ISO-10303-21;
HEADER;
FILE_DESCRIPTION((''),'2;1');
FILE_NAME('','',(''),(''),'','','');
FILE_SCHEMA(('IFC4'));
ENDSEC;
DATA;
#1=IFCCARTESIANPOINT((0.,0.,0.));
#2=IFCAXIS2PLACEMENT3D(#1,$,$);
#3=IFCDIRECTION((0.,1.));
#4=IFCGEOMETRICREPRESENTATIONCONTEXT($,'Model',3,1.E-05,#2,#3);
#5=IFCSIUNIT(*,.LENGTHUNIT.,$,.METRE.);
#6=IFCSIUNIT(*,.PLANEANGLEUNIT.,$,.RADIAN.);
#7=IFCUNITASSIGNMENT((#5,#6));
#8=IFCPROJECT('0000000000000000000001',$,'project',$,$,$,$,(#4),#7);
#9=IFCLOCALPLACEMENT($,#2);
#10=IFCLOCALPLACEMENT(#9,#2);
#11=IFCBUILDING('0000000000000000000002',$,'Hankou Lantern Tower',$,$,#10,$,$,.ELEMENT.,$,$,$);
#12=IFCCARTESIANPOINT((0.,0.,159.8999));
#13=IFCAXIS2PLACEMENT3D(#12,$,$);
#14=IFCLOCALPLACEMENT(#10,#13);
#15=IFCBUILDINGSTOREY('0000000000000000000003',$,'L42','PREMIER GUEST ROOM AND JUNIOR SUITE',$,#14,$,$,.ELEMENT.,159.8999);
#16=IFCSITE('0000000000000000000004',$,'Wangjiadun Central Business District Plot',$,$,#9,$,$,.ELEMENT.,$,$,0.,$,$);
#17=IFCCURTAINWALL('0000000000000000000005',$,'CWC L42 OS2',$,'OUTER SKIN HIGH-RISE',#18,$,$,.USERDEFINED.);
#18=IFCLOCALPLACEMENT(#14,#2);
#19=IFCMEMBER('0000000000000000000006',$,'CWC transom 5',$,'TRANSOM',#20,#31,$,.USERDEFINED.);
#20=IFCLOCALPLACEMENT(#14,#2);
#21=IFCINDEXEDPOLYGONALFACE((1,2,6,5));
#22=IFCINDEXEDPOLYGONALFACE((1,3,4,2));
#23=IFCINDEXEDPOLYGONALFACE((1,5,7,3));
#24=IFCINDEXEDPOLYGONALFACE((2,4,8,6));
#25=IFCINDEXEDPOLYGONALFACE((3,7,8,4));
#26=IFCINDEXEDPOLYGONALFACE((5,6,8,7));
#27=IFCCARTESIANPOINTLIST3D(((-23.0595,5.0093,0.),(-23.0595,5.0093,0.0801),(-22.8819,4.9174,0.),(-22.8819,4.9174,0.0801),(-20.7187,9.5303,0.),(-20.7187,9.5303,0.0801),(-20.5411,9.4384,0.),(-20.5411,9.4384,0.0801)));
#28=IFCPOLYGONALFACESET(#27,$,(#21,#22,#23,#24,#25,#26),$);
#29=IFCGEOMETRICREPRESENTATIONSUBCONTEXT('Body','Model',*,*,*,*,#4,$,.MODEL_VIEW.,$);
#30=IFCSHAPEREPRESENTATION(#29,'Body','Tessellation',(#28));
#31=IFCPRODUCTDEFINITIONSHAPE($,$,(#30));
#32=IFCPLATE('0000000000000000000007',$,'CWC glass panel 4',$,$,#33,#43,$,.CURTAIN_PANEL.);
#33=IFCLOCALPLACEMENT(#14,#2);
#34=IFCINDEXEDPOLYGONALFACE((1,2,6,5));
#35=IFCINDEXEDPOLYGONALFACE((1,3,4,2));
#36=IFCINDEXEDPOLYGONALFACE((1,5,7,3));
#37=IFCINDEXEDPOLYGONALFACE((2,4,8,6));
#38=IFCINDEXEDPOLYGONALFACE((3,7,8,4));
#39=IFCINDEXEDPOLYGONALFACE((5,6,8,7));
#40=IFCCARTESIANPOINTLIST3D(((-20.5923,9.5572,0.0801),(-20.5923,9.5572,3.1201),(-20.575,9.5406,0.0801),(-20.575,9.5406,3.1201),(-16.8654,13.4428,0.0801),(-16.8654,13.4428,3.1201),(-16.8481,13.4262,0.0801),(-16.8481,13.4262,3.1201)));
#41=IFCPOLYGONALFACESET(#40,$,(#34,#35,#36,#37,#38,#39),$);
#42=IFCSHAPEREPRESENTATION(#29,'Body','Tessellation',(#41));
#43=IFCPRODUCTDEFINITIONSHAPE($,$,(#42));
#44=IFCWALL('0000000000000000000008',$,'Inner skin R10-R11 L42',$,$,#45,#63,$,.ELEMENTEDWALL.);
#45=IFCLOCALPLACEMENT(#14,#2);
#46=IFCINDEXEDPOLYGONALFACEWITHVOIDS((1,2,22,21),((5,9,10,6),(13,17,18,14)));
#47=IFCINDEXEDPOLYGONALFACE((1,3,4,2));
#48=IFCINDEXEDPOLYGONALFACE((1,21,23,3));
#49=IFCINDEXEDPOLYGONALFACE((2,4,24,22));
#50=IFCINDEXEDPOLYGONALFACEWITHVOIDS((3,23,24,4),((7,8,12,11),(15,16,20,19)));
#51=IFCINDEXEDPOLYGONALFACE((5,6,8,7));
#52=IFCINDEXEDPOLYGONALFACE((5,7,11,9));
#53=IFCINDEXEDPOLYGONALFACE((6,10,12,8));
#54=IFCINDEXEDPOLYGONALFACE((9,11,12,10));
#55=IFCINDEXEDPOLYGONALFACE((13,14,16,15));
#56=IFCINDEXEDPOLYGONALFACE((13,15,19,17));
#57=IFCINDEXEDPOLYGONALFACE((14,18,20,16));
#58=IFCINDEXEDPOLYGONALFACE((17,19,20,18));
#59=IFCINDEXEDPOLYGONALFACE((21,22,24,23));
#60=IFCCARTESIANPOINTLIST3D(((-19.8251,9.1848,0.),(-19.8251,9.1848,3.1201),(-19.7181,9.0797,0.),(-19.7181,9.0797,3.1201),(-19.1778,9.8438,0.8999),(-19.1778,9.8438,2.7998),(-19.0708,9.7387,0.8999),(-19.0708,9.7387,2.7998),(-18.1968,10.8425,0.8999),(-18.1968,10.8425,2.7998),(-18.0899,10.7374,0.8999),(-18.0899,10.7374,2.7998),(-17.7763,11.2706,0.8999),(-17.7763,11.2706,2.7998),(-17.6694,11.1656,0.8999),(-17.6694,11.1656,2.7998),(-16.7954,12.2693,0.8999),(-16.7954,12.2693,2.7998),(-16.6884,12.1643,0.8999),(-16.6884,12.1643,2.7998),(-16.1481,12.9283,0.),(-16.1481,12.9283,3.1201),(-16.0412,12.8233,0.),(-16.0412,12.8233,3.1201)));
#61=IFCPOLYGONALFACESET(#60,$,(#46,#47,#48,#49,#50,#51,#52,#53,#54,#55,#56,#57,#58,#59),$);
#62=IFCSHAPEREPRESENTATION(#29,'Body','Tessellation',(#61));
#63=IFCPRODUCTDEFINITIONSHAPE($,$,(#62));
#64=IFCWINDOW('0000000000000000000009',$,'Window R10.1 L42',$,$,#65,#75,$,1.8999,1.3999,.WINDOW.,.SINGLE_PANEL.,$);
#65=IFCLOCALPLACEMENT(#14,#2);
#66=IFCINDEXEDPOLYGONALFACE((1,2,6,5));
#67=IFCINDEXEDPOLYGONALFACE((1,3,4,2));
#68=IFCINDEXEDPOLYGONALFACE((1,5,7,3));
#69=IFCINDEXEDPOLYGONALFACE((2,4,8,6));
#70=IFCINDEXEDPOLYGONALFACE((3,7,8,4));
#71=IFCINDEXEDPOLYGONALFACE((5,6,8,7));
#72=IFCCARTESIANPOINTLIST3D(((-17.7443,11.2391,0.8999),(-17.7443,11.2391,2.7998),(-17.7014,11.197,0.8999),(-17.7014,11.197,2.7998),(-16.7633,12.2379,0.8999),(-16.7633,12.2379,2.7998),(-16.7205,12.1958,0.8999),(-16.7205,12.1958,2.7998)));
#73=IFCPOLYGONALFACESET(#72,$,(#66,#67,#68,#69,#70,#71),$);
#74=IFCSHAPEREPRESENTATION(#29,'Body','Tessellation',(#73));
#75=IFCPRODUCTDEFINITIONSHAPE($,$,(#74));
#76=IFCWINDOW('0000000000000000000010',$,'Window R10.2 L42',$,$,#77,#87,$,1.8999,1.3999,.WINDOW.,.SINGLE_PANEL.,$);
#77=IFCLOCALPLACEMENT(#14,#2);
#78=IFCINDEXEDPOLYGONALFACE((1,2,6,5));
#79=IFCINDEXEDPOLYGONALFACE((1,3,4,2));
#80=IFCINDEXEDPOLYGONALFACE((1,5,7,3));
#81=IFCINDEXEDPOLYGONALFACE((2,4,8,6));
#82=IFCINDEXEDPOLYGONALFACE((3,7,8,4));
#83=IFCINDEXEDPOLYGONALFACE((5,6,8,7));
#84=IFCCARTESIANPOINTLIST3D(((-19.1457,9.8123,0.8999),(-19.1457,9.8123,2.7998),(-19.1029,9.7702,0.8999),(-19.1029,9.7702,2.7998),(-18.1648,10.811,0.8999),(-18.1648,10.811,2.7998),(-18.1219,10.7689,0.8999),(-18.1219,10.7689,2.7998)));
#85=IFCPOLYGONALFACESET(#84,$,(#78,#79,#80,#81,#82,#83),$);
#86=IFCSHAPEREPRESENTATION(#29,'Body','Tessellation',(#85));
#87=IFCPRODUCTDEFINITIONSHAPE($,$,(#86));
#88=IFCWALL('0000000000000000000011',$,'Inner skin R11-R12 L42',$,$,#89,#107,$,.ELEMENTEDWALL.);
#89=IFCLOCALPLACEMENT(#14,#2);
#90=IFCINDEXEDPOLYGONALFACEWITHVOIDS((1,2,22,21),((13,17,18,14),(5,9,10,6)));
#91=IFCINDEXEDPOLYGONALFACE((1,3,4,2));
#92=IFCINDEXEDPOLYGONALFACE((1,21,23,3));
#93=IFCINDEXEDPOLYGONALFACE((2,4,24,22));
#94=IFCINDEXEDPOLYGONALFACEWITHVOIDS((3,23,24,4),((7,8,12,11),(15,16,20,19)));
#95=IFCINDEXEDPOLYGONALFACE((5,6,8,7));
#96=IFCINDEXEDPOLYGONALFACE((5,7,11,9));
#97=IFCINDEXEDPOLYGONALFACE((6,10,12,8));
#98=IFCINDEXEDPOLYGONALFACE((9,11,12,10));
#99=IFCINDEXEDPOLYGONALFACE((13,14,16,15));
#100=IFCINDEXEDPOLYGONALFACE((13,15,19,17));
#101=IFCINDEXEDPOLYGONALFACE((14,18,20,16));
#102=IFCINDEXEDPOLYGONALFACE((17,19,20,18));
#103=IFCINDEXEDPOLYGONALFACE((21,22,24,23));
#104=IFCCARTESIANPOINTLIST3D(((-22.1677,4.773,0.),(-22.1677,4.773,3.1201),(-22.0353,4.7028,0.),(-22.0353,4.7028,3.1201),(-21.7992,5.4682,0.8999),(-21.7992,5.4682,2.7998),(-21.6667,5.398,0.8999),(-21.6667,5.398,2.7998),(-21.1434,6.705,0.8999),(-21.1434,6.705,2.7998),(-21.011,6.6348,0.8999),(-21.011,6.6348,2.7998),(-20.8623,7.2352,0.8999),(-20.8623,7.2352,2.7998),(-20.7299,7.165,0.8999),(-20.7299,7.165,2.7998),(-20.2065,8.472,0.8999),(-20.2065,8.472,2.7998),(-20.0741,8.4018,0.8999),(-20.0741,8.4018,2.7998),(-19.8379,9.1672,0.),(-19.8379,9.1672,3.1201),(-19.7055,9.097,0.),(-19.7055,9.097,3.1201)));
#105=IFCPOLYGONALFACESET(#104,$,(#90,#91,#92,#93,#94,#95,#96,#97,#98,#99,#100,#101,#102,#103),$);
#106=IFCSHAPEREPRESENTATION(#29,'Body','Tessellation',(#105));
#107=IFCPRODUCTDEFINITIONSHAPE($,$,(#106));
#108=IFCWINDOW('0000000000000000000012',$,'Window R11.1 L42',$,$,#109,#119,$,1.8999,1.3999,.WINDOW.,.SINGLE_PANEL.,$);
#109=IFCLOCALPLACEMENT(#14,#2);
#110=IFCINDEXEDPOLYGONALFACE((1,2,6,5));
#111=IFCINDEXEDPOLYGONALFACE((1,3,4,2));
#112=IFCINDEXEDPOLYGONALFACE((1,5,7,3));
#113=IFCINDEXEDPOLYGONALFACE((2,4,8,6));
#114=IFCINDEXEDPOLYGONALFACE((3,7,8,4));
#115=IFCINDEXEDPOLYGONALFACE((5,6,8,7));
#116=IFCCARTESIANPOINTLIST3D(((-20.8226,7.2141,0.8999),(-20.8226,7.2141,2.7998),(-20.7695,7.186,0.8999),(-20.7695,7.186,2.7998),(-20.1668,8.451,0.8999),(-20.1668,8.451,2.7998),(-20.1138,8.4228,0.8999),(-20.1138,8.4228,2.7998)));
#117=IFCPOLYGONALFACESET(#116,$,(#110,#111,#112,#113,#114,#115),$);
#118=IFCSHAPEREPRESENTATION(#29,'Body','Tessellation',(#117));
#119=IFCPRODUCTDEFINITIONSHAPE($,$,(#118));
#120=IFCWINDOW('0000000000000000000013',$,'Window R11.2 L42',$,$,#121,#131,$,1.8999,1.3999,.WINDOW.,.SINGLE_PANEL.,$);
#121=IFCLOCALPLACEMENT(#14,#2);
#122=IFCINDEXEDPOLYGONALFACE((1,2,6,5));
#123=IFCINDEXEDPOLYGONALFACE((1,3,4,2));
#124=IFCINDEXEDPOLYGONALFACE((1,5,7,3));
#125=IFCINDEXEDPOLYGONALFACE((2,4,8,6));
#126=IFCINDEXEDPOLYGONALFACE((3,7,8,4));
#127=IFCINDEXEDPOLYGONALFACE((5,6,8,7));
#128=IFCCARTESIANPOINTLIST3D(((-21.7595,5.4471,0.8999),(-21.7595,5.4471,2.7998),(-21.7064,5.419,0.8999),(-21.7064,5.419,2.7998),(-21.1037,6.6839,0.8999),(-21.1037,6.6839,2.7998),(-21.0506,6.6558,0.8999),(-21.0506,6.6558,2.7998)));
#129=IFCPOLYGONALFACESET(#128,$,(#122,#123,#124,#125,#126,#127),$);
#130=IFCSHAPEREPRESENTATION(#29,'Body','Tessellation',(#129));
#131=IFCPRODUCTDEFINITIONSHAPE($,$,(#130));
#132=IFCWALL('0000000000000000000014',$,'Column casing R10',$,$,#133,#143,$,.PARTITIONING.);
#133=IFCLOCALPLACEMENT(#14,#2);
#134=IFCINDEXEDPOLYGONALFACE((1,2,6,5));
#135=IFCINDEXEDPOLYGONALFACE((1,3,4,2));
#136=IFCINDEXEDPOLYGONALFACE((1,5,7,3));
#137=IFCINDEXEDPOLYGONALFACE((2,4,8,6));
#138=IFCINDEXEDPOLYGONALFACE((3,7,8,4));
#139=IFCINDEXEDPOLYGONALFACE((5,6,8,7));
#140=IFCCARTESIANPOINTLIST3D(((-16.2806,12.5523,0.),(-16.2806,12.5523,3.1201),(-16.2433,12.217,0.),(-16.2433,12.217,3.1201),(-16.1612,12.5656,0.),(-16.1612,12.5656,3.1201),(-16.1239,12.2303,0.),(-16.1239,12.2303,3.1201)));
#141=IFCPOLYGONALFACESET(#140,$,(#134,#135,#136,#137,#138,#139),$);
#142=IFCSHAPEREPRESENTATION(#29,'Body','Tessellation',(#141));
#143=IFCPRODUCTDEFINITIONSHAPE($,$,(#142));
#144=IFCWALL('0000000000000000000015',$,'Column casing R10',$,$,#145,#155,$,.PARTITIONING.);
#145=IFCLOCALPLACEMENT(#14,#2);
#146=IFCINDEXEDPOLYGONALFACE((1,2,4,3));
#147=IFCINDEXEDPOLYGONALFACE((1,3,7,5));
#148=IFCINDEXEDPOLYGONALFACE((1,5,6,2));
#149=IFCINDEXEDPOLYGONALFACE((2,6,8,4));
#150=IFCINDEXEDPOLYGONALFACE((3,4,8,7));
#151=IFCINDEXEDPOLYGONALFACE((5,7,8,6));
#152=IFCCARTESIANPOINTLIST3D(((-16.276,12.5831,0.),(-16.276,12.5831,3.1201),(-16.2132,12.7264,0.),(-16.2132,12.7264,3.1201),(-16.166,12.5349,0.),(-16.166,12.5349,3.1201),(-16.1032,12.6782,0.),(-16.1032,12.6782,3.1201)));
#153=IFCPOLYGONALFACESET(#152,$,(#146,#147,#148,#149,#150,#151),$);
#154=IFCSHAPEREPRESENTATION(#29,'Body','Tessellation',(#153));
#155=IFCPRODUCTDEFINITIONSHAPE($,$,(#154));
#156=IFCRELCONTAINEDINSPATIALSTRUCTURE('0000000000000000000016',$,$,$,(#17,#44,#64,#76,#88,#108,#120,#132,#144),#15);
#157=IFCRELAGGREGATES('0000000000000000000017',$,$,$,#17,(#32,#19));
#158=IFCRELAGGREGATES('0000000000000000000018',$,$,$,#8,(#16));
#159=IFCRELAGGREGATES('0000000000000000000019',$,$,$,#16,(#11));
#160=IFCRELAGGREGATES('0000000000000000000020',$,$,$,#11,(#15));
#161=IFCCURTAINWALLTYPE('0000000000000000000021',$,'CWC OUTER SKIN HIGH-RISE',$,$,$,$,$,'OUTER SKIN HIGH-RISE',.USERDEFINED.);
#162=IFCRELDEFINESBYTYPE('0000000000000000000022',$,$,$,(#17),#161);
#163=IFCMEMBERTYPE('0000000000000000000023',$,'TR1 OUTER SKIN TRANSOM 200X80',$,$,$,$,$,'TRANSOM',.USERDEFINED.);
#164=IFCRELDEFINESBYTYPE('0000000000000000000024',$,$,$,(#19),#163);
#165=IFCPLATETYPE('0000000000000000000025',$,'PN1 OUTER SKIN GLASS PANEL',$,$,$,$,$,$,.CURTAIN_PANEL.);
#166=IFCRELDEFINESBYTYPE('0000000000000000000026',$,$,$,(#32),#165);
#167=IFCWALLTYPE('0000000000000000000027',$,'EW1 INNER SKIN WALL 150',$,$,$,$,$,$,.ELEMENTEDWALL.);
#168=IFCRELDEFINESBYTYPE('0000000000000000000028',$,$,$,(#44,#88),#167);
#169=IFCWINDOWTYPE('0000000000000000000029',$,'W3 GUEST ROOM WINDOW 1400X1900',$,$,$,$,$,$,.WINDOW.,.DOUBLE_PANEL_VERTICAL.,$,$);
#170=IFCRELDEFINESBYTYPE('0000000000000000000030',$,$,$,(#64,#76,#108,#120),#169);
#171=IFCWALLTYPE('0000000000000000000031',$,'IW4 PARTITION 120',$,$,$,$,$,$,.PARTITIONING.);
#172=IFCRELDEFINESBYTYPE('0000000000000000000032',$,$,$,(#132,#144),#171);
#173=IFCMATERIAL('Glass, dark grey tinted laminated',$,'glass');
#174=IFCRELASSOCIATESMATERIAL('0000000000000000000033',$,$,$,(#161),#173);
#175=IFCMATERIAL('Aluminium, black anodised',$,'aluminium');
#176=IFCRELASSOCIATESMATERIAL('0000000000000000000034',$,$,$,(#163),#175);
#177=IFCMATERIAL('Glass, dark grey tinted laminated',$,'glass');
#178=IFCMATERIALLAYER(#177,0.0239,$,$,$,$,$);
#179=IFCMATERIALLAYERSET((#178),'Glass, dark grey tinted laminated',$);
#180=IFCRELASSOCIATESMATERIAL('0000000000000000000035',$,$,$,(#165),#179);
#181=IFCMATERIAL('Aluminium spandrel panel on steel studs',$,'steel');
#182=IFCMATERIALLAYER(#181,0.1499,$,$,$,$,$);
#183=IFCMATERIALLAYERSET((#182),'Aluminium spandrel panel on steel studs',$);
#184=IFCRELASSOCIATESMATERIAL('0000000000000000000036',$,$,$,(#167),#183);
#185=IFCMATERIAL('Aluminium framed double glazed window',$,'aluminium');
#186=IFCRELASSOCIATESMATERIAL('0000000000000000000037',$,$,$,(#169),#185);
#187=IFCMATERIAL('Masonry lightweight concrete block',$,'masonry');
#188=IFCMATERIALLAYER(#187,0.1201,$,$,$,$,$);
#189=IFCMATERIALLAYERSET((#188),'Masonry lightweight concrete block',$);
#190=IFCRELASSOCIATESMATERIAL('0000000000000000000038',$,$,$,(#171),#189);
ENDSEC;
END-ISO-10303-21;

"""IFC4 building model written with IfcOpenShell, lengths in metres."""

from ifc_helpers import new_model, si_unit, direction, frame, frame_2d, origin, origin_2d, place, context, subcontext, project, spatial, rectangle, extrude, material, layer, layer_set, material_profile, profile_set, type_object, element, fill, aggregate, save


model = new_model("IFC4")

# Units and contexts
model_context = context("Model", 3, precision=1e-05, world=origin(), true_north=direction((0.0, 1.0)))
body_context = subcontext(model_context, "Body", "Model", "MODEL_VIEW")
ifc_project = project(units=[si_unit("LENGTHUNIT", "METRE"), si_unit("PLANEANGLEUNIT", "RADIAN")], contexts=[model_context])

# Site, building, storey
site_placement = place(None, origin())
site = spatial("IfcSite", under=ifc_project, at=site_placement, Name="Wangjiadun Central Business District Plot", CompositionType="ELEMENT", RefElevation=0.0)
building_placement = place(site_placement, origin())
building = spatial("IfcBuilding", under=site, at=building_placement, Name="Hankou Lantern Tower", CompositionType="ELEMENT")
storey_placement = place(building_placement, frame((0.0, 0.0, 159.8999)))
storey = spatial("IfcBuildingStorey", under=building, at=storey_placement, Name="L42", Description="PREMIER GUEST ROOM AND JUNIOR SUITE", CompositionType="ELEMENT", Elevation=159.8999)

# Curtain wall
ifc_material_1 = material(Name="Glass, dark grey tinted laminated", Category="glass")
curtain_wall_type = type_object("IfcCurtainWallType", Name="CWC OUTER SKIN HIGH-RISE", ElementType="OUTER SKIN HIGH-RISE", PredefinedType="USERDEFINED", material=ifc_material_1)
curtain_wall_placement = place(storey_placement, origin())
curtain_wall = element("IfcCurtainWall", 1, at=curtain_wall_placement, inside=storey, type_object=curtain_wall_type, Name="CWC L42 OS2", ObjectType="OUTER SKIN HIGH-RISE", PredefinedType="USERDEFINED")

# Member
ifc_material_2 = material(Name="Aluminium, black anodised", Category="aluminium")
ifc_material_profile_1 = material_profile(ifc_material_2, rectangle(XDim=0.2, YDim=0.0801, at=origin_2d()), Name="TR1 200X80")
ifc_profile_set_1 = profile_set([ifc_material_profile_1], Name="Aluminium, black anodised")
member_type_1 = type_object("IfcMemberType", Name="TR1 OUTER SKIN TRANSOM 200X80", ElementType="TRANSOM", PredefinedType="USERDEFINED", material=ifc_profile_set_1)
member_1_placement = place(storey_placement, frame((-20.6299, 9.4844, 0.04), z_axis=(-0.459791, -0.888027, 0.0), x_axis=(0.888027, -0.459791, 0.0)))
member_1 = element("IfcMember", 2, at=member_1_placement, type_object=member_type_1, Name="CWC transom 5", ObjectType="TRANSOM", PredefinedType="USERDEFINED", context=body_context, shape_type="SweptSolid", body=[
    extrude(rectangle(XDim=0.2, YDim=0.0801, at=origin_2d()), origin(), (0.0, 0.0, 1.0), 5.0911),
])

# Plate
ifc_material_3 = material(Name="Glass, dark grey tinted laminated", Category="glass")
ifc_layer_1 = layer(ifc_material_3, 0.0239)
ifc_layer_set_1 = layer_set([ifc_layer_1], Name="Glass, dark grey tinted laminated")
plate_type = type_object("IfcPlateType", Name="PN1 OUTER SKIN GLASS PANEL", PredefinedType="CURTAIN_PANEL", material=ifc_layer_set_1)
plate_placement = place(storey_placement, frame((-18.7202, 11.4917, 0.0801), z_axis=(0.0, 0.0, 1.0), x_axis=(-0.692216, -0.721691, 0.0)))
plate = element("IfcPlate", 3, at=plate_placement, type_object=plate_type, Name="CWC glass panel 4", PredefinedType="CURTAIN_PANEL", context=body_context, shape_type="SweptSolid", body=[
    extrude(rectangle(XDim=5.384, YDim=0.0239, at=origin_2d()), origin(), (0.0, 0.0, 1.0), 3.04),
])
aggregate(curtain_wall, [plate, member_1])

# Walls, openings, windows
ifc_material_4 = material(Name="Aluminium spandrel panel on steel studs", Category="steel")
ifc_layer_2 = layer(ifc_material_4, 0.1499)
ifc_layer_set_2 = layer_set([ifc_layer_2], Name="Aluminium spandrel panel on steel studs")
wall_type_1 = type_object("IfcWallType", Name="EW1 INNER SKIN WALL 150", PredefinedType="ELEMENTEDWALL", material=ifc_layer_set_2)
wall_1_placement = place(storey_placement, frame((-16.0947, 12.8757, 0.0), z_axis=(0.0, 0.0, 1.0), x_axis=(-0.700727, -0.713429, 0.0)))
wall_1 = element("IfcWall", 4, at=wall_1_placement, inside=storey, type_object=wall_type_1, Name="Inner skin R10-R11 L42", PredefinedType="ELEMENTEDWALL", context=body_context, shape_type="SweptSolid", body=[
    extrude(rectangle(XDim=5.2473, YDim=0.1499, at=frame_2d((2.6235, 0.0))), origin(), (0.0, 0.0, 1.0), 3.1201),
])
opening_1_placement = place(wall_1_placement, frame((0.9236, 0.0, 0.8999)))
opening_1 = element("IfcOpeningElement", 5, at=opening_1_placement, cuts=wall_1, PredefinedType="OPENING", context=body_context, shape_type="SweptSolid", body=[
    extrude(rectangle(XDim=1.3999, YDim=1.8999, at=frame_2d((0.7, 0.95))), frame((0.0, 0.085, 0.0), z_axis=(0.0, -1.0, 0.0), x_axis=(1.0, 0.0, 0.0)), (0.0, 0.0, 1.0), 0.1699),
])
opening_2_placement = place(wall_1_placement, frame((2.9236, 0.0, 0.8999)))
opening_2 = element("IfcOpeningElement", 6, at=opening_2_placement, cuts=wall_1, PredefinedType="OPENING", context=body_context, shape_type="SweptSolid", body=[
    extrude(rectangle(XDim=1.3999, YDim=1.8999, at=frame_2d((0.7, 0.95))), frame((0.0, 0.085, 0.0), z_axis=(0.0, -1.0, 0.0), x_axis=(1.0, 0.0, 0.0)), (0.0, 0.0, 1.0), 0.1699),
])
ifc_material_5 = material(Name="Aluminium framed double glazed window", Category="aluminium")
window_type = type_object("IfcWindowType", Name="W3 GUEST ROOM WINDOW 1400X1900", PartitioningType="DOUBLE_PANEL_VERTICAL", PredefinedType="WINDOW", material=ifc_material_5)
window_1_placement = place(opening_1_placement, origin())
window_1 = element("IfcWindow", 7, at=window_1_placement, inside=storey, type_object=window_type, Name="Window R10.1 L42", OverallHeight=1.8999, OverallWidth=1.3999, PartitioningType="SINGLE_PANEL", PredefinedType="WINDOW", context=body_context, shape_type="SweptSolid", body=[
    extrude(rectangle(XDim=1.3999, YDim=1.8999, at=frame_2d((0.7, 0.95))), frame((0.0, 0.03, 0.0), z_axis=(0.0, -1.0, 0.0), x_axis=(1.0, 0.0, 0.0)), (0.0, 0.0, 1.0), 0.0601),
])
fill(opening_1, window_1)
window_2_placement = place(opening_2_placement, origin())
window_2 = element("IfcWindow", 8, at=window_2_placement, inside=storey, type_object=window_type, Name="Window R10.2 L42", OverallHeight=1.8999, OverallWidth=1.3999, PartitioningType="SINGLE_PANEL", PredefinedType="WINDOW", context=body_context, shape_type="SweptSolid", body=[
    extrude(rectangle(XDim=1.3999, YDim=1.8999, at=frame_2d((0.7, 0.95))), frame((0.0, 0.03, 0.0), z_axis=(0.0, -1.0, 0.0), x_axis=(1.0, 0.0, 0.0)), (0.0, 0.0, 1.0), 0.0601),
])
fill(opening_2, window_2)
wall_2_placement = place(storey_placement, frame((-19.7717, 9.1321, 0.0), z_axis=(0.0, 0.0, 1.0), x_axis=(-0.468429, -0.883501, 0.0)))
wall_2 = element("IfcWall", 9, at=wall_2_placement, inside=storey, type_object=wall_type_1, Name="Inner skin R11-R12 L42", PredefinedType="ELEMENTEDWALL", context=body_context, shape_type="SweptSolid", body=[
    extrude(rectangle(XDim=4.9736, YDim=0.1499, at=frame_2d((2.4868, 0.0))), origin(), (0.0, 0.0, 1.0), 3.1201),
])
opening_3_placement = place(wall_2_placement, frame((0.7869, 0.0, 0.8999)))
opening_3 = element("IfcOpeningElement", 10, at=opening_3_placement, cuts=wall_2, PredefinedType="OPENING", context=body_context, shape_type="SweptSolid", body=[
    extrude(rectangle(XDim=1.3999, YDim=1.8999, at=frame_2d((0.7, 0.95))), frame((0.0, 0.085, 0.0), z_axis=(0.0, -1.0, 0.0), x_axis=(1.0, 0.0, 0.0)), (0.0, 0.0, 1.0), 0.1699),
])
opening_4_placement = place(wall_2_placement, frame((2.7869, 0.0, 0.8999)))
opening_4 = element("IfcOpeningElement", 11, at=opening_4_placement, cuts=wall_2, PredefinedType="OPENING", context=body_context, shape_type="SweptSolid", body=[
    extrude(rectangle(XDim=1.3999, YDim=1.8999, at=frame_2d((0.7, 0.95))), frame((0.0, 0.085, 0.0), z_axis=(0.0, -1.0, 0.0), x_axis=(1.0, 0.0, 0.0)), (0.0, 0.0, 1.0), 0.1699),
])
window_3_placement = place(opening_3_placement, origin())
window_3 = element("IfcWindow", 12, at=window_3_placement, inside=storey, type_object=window_type, Name="Window R11.1 L42", OverallHeight=1.8999, OverallWidth=1.3999, PartitioningType="SINGLE_PANEL", PredefinedType="WINDOW", context=body_context, shape_type="SweptSolid", body=[
    extrude(rectangle(XDim=1.3999, YDim=1.8999, at=frame_2d((0.7, 0.95))), frame((0.0, 0.03, 0.0), z_axis=(0.0, -1.0, 0.0), x_axis=(1.0, 0.0, 0.0)), (0.0, 0.0, 1.0), 0.0601),
])
fill(opening_3, window_3)
window_4_placement = place(opening_4_placement, origin())
window_4 = element("IfcWindow", 13, at=window_4_placement, inside=storey, type_object=window_type, Name="Window R11.2 L42", OverallHeight=1.8999, OverallWidth=1.3999, PartitioningType="SINGLE_PANEL", PredefinedType="WINDOW", context=body_context, shape_type="SweptSolid", body=[
    extrude(rectangle(XDim=1.3999, YDim=1.8999, at=frame_2d((0.7, 0.95))), frame((0.0, 0.03, 0.0), z_axis=(0.0, -1.0, 0.0), x_axis=(1.0, 0.0, 0.0)), (0.0, 0.0, 1.0), 0.0601),
])
fill(opening_4, window_4)

# Walls
ifc_material_6 = material(Name="Masonry lightweight concrete block", Category="masonry")
ifc_layer_3 = layer(ifc_material_6, 0.1201)
ifc_layer_set_3 = layer_set([ifc_layer_3], Name="Masonry lightweight concrete block")
wall_type_2 = type_object("IfcWallType", Name="IW4 PARTITION 120", PredefinedType="PARTITIONING", material=ifc_layer_set_3)
wall_3_placement = place(storey_placement, frame((-16.1836, 12.2236, 0.0), z_axis=(0.0, 0.0, 1.0), x_axis=(-0.11067, 0.993857, 0.0)))
element("IfcWall", 14, at=wall_3_placement, inside=storey, type_object=wall_type_2, Name="Column casing R10", PredefinedType="PARTITIONING", context=body_context, shape_type="SweptSolid", body=[
    extrude(rectangle(XDim=0.3374, YDim=0.1201, at=frame_2d((0.1687, 0.0))), origin(), (0.0, 0.0, 1.0), 3.1201),
])
wall_4_placement = place(storey_placement, frame((-16.2209, 12.5591, 0.0), z_axis=(0.0, 0.0, 1.0), x_axis=(0.401064, 0.91605, 0.0)))
element("IfcWall", 15, at=wall_4_placement, inside=storey, type_object=wall_type_2, Name="Column casing R10", PredefinedType="PARTITIONING", context=body_context, shape_type="SweptSolid", body=[
    extrude(rectangle(XDim=0.1565, YDim=0.1201, at=frame_2d((0.0781, 0.0))), origin(), (0.0, 0.0, 1.0), 3.1201),
])

save(model, "model.ifc")
